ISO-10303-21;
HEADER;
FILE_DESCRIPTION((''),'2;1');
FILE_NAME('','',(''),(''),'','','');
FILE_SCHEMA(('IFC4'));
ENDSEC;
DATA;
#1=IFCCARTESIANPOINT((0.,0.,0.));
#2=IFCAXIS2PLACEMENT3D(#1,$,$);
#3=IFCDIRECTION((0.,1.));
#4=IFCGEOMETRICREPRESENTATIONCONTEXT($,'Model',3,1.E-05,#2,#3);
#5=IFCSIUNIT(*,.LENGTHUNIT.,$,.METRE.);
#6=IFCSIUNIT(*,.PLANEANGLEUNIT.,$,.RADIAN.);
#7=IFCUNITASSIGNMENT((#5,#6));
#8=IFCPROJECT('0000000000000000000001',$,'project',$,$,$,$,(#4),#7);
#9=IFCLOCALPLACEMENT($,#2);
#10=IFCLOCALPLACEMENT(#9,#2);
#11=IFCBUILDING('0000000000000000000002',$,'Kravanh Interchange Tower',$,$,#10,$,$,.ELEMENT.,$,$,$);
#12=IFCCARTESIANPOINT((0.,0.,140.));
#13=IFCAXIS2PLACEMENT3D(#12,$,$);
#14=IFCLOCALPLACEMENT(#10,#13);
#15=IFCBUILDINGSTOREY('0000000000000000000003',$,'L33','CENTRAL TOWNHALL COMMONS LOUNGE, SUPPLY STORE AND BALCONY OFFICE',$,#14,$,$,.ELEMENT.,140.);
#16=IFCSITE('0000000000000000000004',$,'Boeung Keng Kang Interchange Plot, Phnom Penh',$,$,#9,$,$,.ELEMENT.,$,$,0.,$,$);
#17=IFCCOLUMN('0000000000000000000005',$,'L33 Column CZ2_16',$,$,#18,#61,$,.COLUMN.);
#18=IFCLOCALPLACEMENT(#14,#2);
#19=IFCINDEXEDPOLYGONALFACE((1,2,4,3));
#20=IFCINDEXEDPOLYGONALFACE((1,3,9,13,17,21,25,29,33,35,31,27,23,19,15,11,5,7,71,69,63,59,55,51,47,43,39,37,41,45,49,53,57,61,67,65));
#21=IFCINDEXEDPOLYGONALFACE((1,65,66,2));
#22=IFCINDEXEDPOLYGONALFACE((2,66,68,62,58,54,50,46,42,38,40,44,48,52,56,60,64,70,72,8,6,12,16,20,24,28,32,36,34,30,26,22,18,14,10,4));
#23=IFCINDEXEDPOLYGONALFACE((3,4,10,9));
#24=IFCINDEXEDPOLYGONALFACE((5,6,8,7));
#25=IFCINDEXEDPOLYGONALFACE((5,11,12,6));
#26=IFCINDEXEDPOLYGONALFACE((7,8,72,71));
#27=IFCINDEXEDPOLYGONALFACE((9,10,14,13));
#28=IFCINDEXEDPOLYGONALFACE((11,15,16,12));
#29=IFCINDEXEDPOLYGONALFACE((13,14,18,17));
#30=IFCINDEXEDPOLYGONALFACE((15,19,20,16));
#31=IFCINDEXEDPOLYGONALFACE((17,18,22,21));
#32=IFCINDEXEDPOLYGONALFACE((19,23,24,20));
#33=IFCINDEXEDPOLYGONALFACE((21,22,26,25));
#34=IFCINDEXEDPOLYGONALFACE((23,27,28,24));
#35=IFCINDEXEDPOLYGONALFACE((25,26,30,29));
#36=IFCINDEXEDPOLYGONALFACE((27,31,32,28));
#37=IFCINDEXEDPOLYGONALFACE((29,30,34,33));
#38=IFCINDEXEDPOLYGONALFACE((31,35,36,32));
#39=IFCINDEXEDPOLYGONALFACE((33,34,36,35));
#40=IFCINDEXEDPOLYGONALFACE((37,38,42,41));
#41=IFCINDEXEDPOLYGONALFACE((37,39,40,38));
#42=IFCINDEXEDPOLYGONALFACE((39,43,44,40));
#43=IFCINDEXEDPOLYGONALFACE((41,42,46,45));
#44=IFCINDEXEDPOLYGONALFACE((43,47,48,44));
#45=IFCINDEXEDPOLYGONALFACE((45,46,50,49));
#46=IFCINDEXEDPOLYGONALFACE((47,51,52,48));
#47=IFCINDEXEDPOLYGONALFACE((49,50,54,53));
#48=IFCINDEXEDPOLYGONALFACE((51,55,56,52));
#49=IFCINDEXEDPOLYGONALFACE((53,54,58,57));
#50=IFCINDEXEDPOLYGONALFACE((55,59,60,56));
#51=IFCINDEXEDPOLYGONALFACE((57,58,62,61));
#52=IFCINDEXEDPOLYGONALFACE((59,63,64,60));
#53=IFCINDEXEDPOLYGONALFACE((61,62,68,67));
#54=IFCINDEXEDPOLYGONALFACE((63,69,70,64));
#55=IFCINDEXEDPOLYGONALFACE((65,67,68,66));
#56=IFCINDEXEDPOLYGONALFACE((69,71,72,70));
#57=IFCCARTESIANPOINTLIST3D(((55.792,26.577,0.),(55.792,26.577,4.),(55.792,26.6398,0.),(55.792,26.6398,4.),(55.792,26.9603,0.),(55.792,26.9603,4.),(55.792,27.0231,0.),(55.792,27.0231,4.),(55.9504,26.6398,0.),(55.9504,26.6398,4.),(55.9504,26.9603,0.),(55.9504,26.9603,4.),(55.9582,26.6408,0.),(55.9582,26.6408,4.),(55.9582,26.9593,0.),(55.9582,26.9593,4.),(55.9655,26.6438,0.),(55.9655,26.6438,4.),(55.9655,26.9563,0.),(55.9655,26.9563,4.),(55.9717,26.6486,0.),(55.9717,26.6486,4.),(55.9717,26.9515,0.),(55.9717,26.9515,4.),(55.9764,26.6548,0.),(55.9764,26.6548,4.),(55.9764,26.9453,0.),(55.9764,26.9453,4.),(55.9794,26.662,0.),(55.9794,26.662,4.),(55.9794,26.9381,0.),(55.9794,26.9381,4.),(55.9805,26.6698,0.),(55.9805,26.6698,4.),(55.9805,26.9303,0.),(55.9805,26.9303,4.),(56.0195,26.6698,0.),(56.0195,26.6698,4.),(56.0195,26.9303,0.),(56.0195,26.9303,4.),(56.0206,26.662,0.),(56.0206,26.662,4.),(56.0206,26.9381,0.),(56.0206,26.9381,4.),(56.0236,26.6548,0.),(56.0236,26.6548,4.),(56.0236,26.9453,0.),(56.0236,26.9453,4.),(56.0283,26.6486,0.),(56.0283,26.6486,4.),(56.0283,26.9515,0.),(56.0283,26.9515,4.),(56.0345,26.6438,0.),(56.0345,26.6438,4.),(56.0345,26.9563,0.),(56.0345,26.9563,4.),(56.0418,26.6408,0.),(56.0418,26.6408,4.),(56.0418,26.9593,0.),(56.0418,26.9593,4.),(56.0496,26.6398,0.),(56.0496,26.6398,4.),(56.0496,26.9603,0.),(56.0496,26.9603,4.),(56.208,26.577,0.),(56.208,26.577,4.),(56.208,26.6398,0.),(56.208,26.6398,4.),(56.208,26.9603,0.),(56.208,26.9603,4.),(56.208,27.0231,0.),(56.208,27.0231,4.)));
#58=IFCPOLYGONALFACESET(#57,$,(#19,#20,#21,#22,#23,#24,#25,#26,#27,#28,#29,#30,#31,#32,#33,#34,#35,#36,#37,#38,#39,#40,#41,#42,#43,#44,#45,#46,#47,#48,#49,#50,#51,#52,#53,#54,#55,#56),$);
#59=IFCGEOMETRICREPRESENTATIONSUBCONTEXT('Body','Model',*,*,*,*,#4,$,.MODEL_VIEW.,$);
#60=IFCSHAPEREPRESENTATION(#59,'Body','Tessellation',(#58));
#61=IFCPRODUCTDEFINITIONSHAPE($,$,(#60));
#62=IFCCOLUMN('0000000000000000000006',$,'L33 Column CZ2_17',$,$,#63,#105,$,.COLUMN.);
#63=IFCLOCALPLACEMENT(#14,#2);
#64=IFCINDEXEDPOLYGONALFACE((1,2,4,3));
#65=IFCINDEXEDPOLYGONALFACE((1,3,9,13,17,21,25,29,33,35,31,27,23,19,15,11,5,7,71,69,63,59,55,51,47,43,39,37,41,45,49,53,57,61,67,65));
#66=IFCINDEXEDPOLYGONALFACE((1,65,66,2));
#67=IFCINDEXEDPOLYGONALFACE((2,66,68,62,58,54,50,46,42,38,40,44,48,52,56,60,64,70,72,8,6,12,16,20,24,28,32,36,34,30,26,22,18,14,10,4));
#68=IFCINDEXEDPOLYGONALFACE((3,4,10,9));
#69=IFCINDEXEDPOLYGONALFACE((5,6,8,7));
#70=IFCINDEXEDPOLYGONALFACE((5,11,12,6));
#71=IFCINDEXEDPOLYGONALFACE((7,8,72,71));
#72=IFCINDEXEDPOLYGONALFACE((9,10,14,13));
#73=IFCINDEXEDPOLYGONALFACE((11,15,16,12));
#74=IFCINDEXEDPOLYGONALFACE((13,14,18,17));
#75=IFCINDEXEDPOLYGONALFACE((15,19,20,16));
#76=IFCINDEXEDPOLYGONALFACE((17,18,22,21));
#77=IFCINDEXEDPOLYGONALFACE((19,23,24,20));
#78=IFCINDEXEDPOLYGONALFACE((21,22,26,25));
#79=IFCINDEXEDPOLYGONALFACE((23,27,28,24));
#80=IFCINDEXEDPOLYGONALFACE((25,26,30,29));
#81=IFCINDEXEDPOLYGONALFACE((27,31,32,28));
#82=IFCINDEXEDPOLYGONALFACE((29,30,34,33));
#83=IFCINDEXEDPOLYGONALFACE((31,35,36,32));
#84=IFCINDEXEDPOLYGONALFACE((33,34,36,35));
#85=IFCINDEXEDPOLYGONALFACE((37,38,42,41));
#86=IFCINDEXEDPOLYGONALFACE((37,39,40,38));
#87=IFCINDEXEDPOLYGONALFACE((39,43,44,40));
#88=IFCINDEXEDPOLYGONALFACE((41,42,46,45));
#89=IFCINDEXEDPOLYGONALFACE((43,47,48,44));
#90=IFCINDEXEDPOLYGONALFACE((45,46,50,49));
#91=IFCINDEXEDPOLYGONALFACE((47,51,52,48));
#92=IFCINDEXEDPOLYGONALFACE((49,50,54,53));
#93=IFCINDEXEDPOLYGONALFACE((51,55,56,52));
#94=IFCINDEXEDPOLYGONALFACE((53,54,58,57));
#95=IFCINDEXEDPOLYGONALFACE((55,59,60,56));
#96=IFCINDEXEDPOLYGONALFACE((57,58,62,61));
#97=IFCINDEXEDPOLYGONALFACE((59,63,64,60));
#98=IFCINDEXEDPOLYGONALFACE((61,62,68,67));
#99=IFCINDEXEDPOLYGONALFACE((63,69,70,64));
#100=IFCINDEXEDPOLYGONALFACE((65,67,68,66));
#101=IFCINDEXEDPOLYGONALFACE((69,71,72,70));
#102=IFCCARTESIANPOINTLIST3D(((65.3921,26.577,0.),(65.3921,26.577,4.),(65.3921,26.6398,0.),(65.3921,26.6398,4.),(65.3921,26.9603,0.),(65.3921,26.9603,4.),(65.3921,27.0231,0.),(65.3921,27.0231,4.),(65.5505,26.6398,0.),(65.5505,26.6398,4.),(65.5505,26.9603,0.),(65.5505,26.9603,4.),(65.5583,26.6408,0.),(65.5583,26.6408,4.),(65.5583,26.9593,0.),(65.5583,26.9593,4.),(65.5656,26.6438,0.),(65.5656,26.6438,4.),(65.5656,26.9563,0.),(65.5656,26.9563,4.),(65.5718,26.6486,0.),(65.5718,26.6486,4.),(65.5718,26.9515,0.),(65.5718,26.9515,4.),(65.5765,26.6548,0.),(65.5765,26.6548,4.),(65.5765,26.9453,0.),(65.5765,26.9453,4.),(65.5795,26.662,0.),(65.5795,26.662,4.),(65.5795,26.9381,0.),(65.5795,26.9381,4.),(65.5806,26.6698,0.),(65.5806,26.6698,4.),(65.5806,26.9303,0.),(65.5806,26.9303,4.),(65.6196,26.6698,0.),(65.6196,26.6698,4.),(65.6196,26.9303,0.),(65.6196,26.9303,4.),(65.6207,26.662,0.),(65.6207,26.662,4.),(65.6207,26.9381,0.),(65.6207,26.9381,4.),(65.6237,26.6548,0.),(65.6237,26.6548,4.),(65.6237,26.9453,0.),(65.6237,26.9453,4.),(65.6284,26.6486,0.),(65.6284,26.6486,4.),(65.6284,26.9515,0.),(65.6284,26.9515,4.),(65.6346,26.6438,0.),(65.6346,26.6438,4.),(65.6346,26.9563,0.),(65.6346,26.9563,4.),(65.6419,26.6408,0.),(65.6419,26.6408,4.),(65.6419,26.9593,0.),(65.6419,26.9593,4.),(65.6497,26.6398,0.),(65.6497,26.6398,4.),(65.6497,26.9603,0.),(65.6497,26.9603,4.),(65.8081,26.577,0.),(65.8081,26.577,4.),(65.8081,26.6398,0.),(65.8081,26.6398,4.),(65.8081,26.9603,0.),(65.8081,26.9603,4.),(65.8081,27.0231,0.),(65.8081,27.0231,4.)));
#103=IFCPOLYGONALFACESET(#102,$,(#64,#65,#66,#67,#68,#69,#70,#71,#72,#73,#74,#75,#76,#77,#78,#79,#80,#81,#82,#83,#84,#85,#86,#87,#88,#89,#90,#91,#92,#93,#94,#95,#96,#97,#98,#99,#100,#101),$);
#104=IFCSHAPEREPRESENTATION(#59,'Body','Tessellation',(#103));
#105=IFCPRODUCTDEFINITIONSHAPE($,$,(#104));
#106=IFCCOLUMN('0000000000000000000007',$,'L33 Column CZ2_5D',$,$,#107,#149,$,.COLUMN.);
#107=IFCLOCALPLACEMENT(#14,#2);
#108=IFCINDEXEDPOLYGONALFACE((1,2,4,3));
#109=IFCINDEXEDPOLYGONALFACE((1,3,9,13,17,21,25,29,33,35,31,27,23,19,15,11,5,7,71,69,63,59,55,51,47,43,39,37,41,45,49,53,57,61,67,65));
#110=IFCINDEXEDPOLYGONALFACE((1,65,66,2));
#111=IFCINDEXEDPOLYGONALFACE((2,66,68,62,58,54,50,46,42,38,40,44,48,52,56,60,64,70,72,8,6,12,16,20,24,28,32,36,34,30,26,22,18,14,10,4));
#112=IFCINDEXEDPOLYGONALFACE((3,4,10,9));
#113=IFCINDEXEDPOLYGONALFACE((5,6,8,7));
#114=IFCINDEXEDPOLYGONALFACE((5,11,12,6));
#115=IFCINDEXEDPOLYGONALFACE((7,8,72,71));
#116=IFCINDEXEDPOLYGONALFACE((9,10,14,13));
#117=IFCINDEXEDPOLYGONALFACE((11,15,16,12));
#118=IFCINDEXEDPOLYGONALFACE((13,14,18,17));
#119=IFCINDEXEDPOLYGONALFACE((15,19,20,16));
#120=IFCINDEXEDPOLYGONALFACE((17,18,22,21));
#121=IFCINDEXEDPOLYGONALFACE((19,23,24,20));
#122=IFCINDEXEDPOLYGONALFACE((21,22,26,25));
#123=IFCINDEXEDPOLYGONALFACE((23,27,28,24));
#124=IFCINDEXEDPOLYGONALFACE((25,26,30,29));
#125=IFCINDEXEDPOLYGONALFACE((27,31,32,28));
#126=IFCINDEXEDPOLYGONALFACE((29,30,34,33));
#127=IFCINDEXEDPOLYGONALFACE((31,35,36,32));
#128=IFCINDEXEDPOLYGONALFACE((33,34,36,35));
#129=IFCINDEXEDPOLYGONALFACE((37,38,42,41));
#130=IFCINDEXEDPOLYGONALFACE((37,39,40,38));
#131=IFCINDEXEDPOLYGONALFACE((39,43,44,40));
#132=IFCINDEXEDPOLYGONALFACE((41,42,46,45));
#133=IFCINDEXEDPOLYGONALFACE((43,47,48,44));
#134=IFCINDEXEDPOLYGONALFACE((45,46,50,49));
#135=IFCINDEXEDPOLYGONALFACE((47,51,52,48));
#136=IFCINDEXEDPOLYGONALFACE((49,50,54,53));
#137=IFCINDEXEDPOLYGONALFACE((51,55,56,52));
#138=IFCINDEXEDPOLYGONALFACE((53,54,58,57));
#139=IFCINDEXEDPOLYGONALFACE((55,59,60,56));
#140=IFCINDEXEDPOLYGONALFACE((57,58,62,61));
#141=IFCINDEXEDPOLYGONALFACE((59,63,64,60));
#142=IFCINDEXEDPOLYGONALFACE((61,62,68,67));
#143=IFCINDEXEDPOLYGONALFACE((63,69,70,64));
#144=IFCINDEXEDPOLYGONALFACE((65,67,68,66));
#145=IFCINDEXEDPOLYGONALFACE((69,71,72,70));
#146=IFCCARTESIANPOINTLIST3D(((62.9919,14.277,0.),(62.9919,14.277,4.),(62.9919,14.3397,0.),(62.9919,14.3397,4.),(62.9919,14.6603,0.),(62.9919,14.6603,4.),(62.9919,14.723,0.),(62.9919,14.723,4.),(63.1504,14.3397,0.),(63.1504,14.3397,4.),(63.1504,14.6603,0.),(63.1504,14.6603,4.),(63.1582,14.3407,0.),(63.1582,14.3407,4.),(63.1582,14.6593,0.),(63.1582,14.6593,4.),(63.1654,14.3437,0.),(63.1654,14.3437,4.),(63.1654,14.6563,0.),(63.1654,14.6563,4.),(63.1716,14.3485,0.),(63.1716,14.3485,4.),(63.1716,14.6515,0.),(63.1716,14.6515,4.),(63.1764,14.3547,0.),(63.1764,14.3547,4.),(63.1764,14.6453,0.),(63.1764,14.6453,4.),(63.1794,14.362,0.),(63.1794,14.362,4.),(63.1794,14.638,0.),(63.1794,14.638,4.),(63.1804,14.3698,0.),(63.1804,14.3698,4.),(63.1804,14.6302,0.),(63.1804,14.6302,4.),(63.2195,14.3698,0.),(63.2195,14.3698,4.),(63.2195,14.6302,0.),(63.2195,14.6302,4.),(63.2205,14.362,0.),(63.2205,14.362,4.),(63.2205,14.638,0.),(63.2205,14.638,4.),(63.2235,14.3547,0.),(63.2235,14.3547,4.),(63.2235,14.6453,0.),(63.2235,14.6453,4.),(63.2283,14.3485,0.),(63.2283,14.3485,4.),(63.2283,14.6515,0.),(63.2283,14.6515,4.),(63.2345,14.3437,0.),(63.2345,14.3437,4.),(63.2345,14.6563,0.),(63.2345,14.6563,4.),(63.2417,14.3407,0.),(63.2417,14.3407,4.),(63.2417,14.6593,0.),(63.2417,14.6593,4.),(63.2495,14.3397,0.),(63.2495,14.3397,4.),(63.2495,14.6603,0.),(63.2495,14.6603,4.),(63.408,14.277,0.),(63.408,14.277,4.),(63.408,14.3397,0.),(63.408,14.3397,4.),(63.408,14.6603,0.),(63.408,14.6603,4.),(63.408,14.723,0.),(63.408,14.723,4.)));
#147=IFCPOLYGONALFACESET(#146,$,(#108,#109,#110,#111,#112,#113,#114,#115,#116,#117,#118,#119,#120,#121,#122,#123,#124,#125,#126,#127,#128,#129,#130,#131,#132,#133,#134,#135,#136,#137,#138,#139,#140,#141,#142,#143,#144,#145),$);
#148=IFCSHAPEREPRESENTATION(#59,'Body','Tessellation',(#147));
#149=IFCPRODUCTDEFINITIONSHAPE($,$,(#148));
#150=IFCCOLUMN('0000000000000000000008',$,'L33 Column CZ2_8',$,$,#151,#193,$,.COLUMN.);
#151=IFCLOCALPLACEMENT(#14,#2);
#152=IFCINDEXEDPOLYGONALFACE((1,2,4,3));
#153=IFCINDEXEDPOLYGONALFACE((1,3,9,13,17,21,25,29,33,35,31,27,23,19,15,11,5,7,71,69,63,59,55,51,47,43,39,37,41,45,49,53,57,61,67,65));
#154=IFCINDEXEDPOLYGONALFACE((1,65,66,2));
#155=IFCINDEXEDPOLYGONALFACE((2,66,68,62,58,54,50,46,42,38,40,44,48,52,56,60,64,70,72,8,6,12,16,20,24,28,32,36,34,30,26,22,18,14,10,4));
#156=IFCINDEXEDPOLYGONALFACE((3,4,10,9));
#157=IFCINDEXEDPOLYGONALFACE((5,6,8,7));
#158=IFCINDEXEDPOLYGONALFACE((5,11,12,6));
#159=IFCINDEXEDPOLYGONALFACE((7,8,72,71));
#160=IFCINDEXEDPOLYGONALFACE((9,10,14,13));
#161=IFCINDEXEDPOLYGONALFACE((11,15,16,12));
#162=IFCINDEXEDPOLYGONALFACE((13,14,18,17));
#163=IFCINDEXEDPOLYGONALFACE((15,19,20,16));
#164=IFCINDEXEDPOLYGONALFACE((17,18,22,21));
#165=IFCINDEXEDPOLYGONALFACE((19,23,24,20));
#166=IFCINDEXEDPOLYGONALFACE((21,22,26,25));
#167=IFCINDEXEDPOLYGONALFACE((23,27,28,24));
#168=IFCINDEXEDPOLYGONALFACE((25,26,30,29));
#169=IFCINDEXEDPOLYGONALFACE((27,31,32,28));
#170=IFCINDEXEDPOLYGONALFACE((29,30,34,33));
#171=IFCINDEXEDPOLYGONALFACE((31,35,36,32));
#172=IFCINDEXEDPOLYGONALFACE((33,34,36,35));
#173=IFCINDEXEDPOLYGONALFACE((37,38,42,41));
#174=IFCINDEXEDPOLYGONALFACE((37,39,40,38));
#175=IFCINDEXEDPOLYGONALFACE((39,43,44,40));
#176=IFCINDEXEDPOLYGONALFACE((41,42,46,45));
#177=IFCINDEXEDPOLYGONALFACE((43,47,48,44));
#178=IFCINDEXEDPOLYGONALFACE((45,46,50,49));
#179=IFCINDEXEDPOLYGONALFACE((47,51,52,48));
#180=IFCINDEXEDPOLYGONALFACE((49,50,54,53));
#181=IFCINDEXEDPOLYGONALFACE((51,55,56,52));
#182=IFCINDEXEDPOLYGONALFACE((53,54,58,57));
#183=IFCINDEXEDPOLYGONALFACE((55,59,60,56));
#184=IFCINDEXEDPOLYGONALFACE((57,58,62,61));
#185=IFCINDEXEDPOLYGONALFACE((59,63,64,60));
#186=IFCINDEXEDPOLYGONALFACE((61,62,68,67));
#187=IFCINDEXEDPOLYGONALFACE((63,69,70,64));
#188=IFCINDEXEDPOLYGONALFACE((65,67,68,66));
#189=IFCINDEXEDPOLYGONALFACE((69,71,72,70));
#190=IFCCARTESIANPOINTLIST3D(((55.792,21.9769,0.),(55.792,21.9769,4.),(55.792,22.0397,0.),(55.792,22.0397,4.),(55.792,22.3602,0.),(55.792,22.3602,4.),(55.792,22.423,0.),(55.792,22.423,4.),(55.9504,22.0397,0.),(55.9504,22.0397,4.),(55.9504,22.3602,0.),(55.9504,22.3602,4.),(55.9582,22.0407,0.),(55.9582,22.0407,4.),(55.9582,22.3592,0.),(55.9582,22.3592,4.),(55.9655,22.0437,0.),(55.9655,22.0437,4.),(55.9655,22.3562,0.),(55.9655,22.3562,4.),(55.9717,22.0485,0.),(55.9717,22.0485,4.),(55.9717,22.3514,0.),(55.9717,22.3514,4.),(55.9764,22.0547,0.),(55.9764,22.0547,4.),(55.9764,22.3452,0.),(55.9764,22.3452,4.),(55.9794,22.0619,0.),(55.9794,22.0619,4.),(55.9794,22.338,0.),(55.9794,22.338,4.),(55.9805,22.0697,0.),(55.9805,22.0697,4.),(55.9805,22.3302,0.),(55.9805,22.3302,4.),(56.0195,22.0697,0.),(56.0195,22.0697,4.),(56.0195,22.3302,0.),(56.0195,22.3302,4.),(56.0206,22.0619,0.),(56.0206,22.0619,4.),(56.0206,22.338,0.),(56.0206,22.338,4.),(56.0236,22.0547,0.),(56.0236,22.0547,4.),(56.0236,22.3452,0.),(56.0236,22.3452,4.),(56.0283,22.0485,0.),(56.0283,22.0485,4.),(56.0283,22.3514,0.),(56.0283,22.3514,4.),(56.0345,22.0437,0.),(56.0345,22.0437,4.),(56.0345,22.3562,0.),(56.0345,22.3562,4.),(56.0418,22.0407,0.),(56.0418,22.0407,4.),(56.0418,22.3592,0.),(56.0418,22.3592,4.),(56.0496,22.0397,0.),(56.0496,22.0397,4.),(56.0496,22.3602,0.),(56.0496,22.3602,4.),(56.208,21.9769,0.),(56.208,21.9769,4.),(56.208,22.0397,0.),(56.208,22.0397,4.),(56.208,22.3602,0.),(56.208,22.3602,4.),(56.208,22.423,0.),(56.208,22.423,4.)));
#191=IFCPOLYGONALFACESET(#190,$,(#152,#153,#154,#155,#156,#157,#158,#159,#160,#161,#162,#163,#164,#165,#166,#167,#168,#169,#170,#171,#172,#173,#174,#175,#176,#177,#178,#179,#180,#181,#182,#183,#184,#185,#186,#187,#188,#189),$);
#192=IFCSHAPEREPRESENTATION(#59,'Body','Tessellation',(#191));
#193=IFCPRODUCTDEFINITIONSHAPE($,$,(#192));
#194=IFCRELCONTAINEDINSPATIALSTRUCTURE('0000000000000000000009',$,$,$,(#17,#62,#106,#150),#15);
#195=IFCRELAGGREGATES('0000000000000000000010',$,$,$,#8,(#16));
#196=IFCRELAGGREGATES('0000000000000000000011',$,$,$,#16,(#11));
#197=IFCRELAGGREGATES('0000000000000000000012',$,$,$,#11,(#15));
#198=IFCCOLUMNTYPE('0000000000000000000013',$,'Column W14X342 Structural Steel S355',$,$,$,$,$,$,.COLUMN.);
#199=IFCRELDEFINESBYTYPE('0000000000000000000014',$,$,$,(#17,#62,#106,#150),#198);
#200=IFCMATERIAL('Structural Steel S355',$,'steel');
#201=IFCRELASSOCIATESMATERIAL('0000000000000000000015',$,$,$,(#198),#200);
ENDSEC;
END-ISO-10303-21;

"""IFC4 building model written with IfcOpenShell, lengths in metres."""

from ifc_helpers import new_model, si_unit, direction, frame, origin, origin_2d, place, context, subcontext, project, spatial, i_section, extrude, material, material_profile, profile_set, type_object, element, save


model = new_model("IFC4")

# Units and contexts
model_context = context("Model", 3, precision=1e-05, world=origin(), true_north=direction((0.0, 1.0)))
body_context = subcontext(model_context, "Body", "Model", "MODEL_VIEW")
ifc_project = project(units=[si_unit("LENGTHUNIT", "METRE"), si_unit("PLANEANGLEUNIT", "RADIAN")], contexts=[model_context])

# Site, building, storey
site_placement = place(None, origin())
site = spatial("IfcSite", under=ifc_project, at=site_placement, Name="Boeung Keng Kang Interchange Plot, Phnom Penh", CompositionType="ELEMENT", RefElevation=0.0)
building_placement = place(site_placement, origin())
building = spatial("IfcBuilding", under=site, at=building_placement, Name="Kravanh Interchange Tower", CompositionType="ELEMENT")
storey_placement = place(building_placement, frame((0.0, 0.0, 140.0)))
storey = spatial("IfcBuildingStorey", under=building, at=storey_placement, Name="L33", Description="CENTRAL TOWNHALL COMMONS LOUNGE, SUPPLY STORE AND BALCONY OFFICE", CompositionType="ELEMENT", Elevation=140.0)

# Columns
ifc_material_1 = material(Name="Structural Steel S355", Category="steel")
ifc_material_profile_1 = material_profile(ifc_material_1, i_section(OverallWidth=0.416, OverallDepth=0.446, WebThickness=0.0391, FlangeThickness=0.0627, FilletRadius=0.03, at=origin_2d()), Name="W14X342")
ifc_profile_set_1 = profile_set([ifc_material_profile_1], Name="Structural Steel S355")
column_type = type_object("IfcColumnType", Name="Column W14X342 Structural Steel S355", PredefinedType="COLUMN", material=ifc_profile_set_1)
for number, where, z_axis, x_axis, name in (
    (1, (56.0, 26.8, 0.0), (0.0, 0.0, 1.0), (1.0, 0.0, 0.0), "L33 Column CZ2_16"),
    (2, (65.6001, 26.8, 0.0), (0.0, 0.0, 1.0), (1.0, 0.0, 0.0), "L33 Column CZ2_17"),
    (3, (63.2, 14.5, 0.0), (0.0, 0.0, 1.0), (1.0, 0.0, 0.0), "L33 Column CZ2_5D"),
    (4, (56.0, 22.2, 0.0), (0.0, 0.0, 1.0), (1.0, 0.0, 0.0), "L33 Column CZ2_8"),
):
    element("IfcColumn", number, at=place(storey_placement, frame(where, z_axis=z_axis, x_axis=x_axis)), inside=storey, type_object=column_type, Name=name, PredefinedType="COLUMN", context=body_context, shape_type="SweptSolid", body=[
        extrude(i_section(OverallWidth=0.416, OverallDepth=0.446, WebThickness=0.0391, FlangeThickness=0.0627, FilletRadius=0.03, at=origin_2d()), origin(), (0.0, 0.0, 1.0), 4.0),
    ])

save(model, "model.ifc")
